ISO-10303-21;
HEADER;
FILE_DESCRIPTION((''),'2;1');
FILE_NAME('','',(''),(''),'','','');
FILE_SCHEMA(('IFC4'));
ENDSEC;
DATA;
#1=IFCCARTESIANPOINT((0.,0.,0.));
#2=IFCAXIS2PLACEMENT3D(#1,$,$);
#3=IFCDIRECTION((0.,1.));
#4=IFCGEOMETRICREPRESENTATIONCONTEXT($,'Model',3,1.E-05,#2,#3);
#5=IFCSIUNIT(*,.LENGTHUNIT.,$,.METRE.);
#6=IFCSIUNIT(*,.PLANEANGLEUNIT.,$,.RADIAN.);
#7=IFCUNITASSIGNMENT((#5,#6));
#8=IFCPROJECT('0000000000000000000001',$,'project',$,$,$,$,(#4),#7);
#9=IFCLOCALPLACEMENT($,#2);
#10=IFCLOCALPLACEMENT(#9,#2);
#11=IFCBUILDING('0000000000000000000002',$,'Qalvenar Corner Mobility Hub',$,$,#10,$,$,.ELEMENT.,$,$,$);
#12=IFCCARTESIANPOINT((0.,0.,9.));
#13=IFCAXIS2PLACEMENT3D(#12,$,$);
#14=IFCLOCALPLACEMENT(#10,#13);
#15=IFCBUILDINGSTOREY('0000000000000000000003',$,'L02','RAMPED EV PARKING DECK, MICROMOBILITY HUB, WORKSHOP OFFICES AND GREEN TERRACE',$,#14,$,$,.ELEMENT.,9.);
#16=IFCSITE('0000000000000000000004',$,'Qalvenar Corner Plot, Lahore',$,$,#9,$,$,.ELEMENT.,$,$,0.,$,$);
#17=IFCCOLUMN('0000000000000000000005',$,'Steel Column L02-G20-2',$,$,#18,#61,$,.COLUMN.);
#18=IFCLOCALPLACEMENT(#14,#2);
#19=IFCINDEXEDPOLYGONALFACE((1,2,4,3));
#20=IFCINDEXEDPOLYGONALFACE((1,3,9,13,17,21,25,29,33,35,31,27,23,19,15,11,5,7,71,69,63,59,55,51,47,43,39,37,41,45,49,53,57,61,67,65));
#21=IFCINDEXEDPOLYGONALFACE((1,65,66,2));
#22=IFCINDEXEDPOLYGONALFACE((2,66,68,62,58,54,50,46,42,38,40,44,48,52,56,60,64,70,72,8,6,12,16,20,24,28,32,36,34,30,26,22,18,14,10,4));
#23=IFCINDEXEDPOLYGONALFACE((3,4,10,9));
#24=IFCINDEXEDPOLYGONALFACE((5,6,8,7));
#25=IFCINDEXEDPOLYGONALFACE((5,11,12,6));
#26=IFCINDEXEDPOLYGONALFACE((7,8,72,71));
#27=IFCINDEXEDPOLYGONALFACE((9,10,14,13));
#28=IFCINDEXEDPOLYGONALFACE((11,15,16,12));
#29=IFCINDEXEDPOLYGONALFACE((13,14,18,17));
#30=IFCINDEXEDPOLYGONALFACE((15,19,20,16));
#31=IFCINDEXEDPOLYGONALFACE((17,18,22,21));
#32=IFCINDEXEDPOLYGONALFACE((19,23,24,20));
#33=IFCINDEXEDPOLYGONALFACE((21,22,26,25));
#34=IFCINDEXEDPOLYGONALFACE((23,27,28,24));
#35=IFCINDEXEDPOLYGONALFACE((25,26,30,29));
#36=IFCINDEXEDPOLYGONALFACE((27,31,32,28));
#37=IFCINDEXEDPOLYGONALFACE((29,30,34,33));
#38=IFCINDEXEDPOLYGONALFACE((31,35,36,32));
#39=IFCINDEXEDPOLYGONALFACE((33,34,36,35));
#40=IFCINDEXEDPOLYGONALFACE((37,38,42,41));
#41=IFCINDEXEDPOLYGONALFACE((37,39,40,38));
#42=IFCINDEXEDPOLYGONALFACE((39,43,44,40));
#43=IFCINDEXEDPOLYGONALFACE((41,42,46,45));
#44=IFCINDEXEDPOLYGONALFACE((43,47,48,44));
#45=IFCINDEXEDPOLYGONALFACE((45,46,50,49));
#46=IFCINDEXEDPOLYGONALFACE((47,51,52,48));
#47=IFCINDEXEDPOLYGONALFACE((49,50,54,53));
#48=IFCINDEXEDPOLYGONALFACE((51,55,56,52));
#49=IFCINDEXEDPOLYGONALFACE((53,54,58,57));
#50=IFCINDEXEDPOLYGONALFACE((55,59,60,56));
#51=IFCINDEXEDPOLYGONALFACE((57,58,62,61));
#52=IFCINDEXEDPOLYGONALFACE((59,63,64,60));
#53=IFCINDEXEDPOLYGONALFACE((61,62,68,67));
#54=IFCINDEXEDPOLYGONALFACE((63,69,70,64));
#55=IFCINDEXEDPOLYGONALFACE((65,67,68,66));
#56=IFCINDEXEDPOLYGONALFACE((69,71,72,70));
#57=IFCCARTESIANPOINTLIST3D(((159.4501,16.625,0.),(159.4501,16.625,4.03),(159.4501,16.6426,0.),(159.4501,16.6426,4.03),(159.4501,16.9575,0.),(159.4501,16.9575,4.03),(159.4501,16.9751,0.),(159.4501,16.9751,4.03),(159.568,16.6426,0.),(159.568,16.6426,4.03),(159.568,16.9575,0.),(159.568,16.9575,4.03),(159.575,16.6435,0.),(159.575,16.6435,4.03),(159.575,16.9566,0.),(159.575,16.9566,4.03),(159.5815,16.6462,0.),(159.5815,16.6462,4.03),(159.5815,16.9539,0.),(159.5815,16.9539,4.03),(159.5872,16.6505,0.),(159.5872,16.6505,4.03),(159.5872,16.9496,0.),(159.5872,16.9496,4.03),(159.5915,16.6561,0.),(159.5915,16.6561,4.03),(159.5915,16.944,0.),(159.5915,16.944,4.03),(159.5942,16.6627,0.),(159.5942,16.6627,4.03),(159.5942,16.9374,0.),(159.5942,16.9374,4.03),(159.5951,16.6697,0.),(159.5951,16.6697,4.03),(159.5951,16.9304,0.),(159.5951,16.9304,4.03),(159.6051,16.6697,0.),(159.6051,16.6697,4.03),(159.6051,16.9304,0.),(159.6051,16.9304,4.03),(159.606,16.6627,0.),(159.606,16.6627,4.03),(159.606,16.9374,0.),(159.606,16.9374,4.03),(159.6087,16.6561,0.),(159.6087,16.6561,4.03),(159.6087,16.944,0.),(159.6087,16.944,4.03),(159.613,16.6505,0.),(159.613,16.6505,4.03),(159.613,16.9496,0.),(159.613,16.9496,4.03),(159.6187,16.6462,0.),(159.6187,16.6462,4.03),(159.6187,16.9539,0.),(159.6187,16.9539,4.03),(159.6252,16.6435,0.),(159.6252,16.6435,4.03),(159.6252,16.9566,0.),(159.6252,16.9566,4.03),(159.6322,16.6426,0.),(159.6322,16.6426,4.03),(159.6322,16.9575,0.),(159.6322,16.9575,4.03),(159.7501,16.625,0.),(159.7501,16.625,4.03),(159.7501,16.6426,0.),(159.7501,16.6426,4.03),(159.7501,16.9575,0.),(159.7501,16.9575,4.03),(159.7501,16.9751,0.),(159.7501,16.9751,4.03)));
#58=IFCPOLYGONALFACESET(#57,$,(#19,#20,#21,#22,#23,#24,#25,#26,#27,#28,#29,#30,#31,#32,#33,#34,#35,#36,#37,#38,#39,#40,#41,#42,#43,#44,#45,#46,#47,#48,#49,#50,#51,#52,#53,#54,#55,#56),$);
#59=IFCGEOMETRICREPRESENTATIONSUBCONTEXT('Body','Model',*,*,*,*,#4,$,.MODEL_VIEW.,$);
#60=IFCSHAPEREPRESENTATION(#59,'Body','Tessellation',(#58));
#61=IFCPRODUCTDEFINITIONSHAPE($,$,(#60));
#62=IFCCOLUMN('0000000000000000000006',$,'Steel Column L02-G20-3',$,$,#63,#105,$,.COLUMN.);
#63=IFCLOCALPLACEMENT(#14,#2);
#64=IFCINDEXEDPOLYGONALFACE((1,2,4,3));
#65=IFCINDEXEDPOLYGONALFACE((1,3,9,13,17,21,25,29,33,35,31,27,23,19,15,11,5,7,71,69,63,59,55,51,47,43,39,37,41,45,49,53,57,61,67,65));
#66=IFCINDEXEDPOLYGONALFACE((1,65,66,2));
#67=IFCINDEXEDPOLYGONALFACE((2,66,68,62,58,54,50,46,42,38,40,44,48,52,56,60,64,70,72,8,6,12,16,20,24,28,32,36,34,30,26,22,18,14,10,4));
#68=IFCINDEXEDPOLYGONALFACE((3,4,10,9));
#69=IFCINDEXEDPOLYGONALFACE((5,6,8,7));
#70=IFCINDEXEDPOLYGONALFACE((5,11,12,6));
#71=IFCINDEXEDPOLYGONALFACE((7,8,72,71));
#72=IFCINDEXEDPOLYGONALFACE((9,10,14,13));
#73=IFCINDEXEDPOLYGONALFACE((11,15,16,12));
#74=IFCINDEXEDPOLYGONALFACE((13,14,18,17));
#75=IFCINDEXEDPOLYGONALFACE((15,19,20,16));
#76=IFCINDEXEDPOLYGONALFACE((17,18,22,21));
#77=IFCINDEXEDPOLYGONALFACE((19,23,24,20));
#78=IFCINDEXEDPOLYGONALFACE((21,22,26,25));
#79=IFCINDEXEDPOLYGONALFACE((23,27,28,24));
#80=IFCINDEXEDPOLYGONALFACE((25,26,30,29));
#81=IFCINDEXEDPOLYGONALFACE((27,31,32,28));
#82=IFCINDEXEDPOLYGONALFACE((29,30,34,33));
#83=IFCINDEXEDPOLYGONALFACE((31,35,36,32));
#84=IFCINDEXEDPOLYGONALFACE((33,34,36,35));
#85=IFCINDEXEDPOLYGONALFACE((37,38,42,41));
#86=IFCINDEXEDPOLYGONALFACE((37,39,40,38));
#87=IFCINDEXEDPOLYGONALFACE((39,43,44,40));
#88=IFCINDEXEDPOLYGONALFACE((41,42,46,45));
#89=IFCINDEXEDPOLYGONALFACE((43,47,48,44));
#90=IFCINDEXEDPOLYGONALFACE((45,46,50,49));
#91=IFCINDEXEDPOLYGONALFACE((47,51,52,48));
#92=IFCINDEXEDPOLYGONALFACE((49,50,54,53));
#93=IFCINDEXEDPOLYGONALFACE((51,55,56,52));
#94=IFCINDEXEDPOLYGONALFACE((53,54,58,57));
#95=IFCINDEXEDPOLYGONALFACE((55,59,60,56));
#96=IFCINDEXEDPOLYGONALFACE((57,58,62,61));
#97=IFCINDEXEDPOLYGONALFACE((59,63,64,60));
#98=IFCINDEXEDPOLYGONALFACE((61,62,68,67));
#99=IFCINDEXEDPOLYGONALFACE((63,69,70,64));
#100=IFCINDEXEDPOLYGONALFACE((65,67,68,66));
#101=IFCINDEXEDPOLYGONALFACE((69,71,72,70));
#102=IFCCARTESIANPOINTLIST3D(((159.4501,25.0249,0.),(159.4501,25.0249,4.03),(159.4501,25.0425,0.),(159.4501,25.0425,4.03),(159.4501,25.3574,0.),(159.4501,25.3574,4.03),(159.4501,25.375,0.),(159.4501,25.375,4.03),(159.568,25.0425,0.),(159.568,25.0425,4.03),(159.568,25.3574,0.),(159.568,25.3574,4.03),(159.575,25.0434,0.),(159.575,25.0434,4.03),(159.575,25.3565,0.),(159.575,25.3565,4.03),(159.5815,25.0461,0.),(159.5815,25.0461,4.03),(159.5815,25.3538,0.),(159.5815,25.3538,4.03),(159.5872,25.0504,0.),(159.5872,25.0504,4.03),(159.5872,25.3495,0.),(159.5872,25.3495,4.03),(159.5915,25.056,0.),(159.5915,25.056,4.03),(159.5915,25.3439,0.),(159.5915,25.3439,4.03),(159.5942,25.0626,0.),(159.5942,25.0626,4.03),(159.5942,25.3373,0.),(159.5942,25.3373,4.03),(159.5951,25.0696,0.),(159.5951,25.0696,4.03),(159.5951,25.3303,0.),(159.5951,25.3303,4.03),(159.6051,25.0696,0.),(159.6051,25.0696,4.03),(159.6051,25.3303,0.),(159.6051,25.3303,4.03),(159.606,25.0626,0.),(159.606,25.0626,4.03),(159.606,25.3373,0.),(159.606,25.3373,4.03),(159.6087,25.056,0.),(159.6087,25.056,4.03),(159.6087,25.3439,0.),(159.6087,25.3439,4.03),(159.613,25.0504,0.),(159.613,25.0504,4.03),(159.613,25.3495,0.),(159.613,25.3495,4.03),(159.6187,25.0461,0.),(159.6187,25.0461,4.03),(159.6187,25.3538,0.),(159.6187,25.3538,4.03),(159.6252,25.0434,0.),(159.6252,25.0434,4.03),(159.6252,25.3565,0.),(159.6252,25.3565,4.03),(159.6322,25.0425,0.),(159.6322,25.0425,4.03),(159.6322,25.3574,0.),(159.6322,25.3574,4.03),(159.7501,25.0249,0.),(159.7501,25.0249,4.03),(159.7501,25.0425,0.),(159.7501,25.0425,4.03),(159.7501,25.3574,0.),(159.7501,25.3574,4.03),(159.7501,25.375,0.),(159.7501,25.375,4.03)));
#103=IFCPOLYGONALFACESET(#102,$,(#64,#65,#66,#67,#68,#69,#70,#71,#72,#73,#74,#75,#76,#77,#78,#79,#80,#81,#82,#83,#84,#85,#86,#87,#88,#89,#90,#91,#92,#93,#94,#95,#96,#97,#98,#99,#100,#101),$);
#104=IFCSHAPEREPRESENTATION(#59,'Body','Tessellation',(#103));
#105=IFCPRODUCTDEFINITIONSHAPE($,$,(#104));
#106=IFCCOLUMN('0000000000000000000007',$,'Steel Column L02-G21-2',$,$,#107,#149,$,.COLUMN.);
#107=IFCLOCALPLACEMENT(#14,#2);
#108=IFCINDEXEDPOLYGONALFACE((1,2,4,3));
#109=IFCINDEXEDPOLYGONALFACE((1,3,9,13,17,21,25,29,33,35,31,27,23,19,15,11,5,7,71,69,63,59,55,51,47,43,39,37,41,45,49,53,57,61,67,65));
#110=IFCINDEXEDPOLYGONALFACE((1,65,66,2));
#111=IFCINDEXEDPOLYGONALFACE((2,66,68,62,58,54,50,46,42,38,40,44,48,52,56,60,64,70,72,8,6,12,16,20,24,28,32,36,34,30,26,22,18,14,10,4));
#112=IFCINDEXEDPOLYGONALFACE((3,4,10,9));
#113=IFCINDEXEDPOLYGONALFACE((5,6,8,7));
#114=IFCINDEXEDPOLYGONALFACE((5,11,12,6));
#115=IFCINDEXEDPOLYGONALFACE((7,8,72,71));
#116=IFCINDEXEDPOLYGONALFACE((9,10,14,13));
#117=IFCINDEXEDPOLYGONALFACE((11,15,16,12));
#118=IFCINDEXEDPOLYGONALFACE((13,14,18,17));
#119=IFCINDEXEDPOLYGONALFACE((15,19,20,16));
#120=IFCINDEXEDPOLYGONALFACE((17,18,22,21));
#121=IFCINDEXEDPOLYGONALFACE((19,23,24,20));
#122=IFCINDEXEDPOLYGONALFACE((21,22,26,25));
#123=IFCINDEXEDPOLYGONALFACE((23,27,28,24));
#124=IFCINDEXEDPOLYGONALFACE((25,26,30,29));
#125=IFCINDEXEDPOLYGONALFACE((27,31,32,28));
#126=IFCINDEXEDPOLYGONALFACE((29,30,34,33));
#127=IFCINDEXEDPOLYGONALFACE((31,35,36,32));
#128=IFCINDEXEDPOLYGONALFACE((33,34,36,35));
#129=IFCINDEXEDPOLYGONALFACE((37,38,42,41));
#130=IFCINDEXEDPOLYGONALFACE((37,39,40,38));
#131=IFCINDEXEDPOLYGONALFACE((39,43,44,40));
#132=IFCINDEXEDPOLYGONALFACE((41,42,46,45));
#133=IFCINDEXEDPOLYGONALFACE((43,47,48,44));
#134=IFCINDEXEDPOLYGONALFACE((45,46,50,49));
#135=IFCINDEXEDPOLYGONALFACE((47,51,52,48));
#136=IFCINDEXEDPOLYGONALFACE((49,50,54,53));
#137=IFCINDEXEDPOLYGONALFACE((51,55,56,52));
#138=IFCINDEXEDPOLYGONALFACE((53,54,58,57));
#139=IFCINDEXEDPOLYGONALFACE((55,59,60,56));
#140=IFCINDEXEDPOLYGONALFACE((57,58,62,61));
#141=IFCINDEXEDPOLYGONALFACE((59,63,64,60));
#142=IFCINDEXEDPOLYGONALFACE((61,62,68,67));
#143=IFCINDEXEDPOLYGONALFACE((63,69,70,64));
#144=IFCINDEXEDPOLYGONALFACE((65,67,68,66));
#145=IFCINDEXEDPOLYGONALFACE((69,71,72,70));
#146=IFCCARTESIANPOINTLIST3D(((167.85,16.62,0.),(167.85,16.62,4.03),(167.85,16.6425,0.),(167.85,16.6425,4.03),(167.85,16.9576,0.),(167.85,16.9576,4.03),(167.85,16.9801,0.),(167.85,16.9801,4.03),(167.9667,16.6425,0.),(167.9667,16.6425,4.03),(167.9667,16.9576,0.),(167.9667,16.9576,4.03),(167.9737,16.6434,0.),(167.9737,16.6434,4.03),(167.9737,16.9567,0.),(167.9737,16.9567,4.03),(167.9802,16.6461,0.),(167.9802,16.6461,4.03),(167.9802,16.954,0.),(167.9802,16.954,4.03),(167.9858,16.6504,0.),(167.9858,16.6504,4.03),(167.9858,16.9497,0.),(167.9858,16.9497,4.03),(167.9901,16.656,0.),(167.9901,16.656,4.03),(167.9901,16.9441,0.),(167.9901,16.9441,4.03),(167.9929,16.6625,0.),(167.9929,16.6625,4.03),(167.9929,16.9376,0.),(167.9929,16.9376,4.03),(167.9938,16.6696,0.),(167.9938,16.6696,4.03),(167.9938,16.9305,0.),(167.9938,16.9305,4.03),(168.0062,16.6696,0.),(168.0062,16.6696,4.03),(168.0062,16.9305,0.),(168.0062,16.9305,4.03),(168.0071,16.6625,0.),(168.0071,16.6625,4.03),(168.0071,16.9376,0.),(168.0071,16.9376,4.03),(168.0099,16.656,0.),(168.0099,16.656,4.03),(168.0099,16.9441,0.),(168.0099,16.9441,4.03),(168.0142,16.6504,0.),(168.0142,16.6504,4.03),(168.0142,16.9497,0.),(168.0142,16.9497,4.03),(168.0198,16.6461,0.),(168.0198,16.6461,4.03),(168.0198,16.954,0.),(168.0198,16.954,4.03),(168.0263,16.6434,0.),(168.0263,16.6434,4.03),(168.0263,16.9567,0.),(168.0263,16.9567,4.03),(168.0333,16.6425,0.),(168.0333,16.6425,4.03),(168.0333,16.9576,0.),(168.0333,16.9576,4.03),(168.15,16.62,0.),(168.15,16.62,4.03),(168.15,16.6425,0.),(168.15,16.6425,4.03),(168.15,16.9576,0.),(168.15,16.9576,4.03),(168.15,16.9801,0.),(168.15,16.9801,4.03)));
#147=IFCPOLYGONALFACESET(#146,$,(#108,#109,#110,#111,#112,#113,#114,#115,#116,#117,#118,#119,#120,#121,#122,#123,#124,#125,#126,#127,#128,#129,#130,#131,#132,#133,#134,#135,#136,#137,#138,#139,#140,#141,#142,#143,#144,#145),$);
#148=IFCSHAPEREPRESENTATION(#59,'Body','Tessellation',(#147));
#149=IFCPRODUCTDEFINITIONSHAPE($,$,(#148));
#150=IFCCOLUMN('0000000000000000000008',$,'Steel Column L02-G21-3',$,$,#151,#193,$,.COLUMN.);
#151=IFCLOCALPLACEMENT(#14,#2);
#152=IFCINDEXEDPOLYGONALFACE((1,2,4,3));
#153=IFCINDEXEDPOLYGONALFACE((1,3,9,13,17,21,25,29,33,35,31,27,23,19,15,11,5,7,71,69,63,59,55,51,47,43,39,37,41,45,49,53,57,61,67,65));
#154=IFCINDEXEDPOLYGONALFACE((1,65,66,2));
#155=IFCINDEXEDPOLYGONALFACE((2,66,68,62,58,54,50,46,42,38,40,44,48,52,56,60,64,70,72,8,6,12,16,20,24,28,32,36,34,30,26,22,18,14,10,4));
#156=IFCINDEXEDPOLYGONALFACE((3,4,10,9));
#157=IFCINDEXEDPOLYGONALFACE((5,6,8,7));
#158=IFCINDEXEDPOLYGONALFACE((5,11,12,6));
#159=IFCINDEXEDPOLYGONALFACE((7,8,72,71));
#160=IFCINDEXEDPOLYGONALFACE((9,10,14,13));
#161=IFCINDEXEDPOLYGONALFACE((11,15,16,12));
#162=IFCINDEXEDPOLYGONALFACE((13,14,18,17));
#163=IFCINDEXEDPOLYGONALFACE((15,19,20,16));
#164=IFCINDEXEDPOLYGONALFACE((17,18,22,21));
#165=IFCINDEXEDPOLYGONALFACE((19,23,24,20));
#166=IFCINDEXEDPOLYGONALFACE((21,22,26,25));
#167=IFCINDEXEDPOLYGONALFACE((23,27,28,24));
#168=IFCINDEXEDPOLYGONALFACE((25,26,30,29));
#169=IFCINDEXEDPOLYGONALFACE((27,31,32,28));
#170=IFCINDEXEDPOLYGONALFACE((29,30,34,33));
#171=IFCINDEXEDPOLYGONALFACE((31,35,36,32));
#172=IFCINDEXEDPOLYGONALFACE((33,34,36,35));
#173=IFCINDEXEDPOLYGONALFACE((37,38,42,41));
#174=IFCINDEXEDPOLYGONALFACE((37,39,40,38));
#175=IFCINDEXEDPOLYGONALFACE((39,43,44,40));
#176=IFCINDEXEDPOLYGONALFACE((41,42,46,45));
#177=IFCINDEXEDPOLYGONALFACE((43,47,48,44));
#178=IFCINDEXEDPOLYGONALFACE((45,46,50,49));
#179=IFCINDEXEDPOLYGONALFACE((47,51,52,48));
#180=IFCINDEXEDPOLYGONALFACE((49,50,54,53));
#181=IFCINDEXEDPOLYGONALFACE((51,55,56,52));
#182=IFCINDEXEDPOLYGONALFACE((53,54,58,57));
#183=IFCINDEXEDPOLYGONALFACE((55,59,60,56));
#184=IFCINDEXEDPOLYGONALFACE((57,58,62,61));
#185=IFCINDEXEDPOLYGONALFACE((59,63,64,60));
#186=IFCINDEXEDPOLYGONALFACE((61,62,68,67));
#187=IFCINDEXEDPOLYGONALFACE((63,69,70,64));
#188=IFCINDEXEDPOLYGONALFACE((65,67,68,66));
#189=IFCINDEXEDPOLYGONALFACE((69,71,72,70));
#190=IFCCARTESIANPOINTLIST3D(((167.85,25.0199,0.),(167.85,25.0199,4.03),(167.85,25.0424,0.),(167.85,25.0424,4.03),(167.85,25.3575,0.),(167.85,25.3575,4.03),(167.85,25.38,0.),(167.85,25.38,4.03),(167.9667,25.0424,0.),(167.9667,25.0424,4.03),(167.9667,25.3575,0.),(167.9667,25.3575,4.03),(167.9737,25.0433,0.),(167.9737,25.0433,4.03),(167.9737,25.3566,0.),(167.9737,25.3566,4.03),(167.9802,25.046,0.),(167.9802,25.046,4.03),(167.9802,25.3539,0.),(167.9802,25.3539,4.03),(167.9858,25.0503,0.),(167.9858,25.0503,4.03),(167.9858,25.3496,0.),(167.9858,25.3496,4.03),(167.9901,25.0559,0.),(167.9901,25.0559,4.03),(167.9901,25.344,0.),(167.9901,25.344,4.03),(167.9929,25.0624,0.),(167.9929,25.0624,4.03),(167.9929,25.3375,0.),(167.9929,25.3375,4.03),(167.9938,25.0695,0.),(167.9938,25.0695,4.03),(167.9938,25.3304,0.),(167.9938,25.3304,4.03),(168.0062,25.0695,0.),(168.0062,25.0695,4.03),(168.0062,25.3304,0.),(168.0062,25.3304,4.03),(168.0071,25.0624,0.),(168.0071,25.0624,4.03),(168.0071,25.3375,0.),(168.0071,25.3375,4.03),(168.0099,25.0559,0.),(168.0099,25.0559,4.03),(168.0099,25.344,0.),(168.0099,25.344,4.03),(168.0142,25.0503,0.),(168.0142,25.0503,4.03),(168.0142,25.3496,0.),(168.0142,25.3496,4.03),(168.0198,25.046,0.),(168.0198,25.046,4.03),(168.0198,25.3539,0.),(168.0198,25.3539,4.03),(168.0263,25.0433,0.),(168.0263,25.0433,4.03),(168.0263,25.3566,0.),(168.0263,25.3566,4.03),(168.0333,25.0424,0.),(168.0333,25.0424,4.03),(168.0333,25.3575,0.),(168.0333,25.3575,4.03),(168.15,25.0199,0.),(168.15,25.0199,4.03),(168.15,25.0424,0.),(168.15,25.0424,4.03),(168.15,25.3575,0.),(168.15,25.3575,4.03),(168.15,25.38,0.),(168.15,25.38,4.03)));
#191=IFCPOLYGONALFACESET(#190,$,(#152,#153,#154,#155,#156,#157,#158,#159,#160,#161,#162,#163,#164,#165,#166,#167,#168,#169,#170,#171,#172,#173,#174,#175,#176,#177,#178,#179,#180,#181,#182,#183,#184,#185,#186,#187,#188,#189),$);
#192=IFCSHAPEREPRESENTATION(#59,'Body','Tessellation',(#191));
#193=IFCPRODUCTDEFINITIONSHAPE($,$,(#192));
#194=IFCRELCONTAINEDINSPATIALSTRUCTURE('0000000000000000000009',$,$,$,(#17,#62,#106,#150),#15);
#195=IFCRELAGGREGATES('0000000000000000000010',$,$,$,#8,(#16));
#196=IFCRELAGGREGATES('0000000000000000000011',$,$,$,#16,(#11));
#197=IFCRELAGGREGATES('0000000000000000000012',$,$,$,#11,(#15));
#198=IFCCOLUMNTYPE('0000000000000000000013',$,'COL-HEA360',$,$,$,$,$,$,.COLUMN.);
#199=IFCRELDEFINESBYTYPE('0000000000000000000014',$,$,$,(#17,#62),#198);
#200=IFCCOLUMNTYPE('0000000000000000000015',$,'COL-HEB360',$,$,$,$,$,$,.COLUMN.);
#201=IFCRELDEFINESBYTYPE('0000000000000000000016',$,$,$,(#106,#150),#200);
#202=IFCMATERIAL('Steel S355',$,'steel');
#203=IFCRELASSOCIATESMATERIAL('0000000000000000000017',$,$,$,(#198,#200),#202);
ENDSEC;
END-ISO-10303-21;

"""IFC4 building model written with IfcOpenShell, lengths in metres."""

from ifc_helpers import new_model, si_unit, direction, frame, origin, origin_2d, place, context, subcontext, project, spatial, i_section, extrude, material, material_profile, profile_set, type_object, element, save


model = new_model("IFC4")

# Units and contexts
model_context = context("Model", 3, precision=1e-05, world=origin(), true_north=direction((0.0, 1.0)))
body_context = subcontext(model_context, "Body", "Model", "MODEL_VIEW")
ifc_project = project(units=[si_unit("LENGTHUNIT", "METRE"), si_unit("PLANEANGLEUNIT", "RADIAN")], contexts=[model_context])

# Site, building, storey
site_placement = place(None, origin())
site = spatial("IfcSite", under=ifc_project, at=site_placement, Name="Qalvenar Corner Plot, Lahore", CompositionType="ELEMENT", RefElevation=0.0)
building_placement = place(site_placement, origin())
building = spatial("IfcBuilding", under=site, at=building_placement, Name="Qalvenar Corner Mobility Hub", CompositionType="ELEMENT")
storey_placement = place(building_placement, frame((0.0, 0.0, 9.0)))
storey = spatial("IfcBuildingStorey", under=building, at=storey_placement, Name="L02", Description="RAMPED EV PARKING DECK, MICROMOBILITY HUB, WORKSHOP OFFICES AND GREEN TERRACE", CompositionType="ELEMENT", Elevation=9.0)

# Columns
ifc_material_1 = material(Name="Steel S355", Category="steel")
ifc_material_profile_1 = material_profile(ifc_material_1, i_section(OverallWidth=0.3, OverallDepth=0.3501, WebThickness=0.01, FlangeThickness=0.0176, FilletRadius=0.0271, at=origin_2d()), Name="HEA360")
ifc_profile_set_1 = profile_set([ifc_material_profile_1], Name="Steel S355")
column_type_1 = type_object("IfcColumnType", Name="COL-HEA360", PredefinedType="COLUMN", material=ifc_profile_set_1)
for number, where, z_axis, x_axis, name in (
    (1, (159.6001, 16.8, 0.0), (0.0, 0.0, 1.0), (1.0, 0.0, 0.0), "Steel Column L02-G20-2"),
    (2, (159.6001, 25.2, 0.0), (0.0, 0.0, 1.0), (1.0, 0.0, 0.0), "Steel Column L02-G20-3"),
):
    element("IfcColumn", number, at=place(storey_placement, frame(where, z_axis=z_axis, x_axis=x_axis)), inside=storey, type_object=column_type_1, Name=name, PredefinedType="COLUMN", context=body_context, shape_type="SweptSolid", body=[
        extrude(i_section(OverallWidth=0.3, OverallDepth=0.3501, WebThickness=0.01, FlangeThickness=0.0176, FilletRadius=0.0271, at=origin_2d()), origin(), (0.0, 0.0, 1.0), 4.03),
    ])
ifc_material_profile_2 = material_profile(ifc_material_1, i_section(OverallWidth=0.3, OverallDepth=0.3601, WebThickness=0.0125, FlangeThickness=0.0225, FilletRadius=0.0271, at=origin_2d()), Name="HEB360")
ifc_profile_set_2 = profile_set([ifc_material_profile_2], Name="Steel S355")
column_type_2 = type_object("IfcColumnType", Name="COL-HEB360", PredefinedType="COLUMN", material=ifc_profile_set_2)
for number, where, z_axis, x_axis, name in (
    (3, (168.0, 16.8, 0.0), (0.0, 0.0, 1.0), (1.0, 0.0, 0.0), "Steel Column L02-G21-2"),
    (4, (168.0, 25.2, 0.0), (0.0, 0.0, 1.0), (1.0, 0.0, 0.0), "Steel Column L02-G21-3"),
):
    element("IfcColumn", number, at=place(storey_placement, frame(where, z_axis=z_axis, x_axis=x_axis)), inside=storey, type_object=column_type_2, Name=name, PredefinedType="COLUMN", context=body_context, shape_type="SweptSolid", body=[
        extrude(i_section(OverallWidth=0.3, OverallDepth=0.3601, WebThickness=0.0125, FlangeThickness=0.0225, FilletRadius=0.0271, at=origin_2d()), origin(), (0.0, 0.0, 1.0), 4.03),
    ])

save(model, "model.ifc")
